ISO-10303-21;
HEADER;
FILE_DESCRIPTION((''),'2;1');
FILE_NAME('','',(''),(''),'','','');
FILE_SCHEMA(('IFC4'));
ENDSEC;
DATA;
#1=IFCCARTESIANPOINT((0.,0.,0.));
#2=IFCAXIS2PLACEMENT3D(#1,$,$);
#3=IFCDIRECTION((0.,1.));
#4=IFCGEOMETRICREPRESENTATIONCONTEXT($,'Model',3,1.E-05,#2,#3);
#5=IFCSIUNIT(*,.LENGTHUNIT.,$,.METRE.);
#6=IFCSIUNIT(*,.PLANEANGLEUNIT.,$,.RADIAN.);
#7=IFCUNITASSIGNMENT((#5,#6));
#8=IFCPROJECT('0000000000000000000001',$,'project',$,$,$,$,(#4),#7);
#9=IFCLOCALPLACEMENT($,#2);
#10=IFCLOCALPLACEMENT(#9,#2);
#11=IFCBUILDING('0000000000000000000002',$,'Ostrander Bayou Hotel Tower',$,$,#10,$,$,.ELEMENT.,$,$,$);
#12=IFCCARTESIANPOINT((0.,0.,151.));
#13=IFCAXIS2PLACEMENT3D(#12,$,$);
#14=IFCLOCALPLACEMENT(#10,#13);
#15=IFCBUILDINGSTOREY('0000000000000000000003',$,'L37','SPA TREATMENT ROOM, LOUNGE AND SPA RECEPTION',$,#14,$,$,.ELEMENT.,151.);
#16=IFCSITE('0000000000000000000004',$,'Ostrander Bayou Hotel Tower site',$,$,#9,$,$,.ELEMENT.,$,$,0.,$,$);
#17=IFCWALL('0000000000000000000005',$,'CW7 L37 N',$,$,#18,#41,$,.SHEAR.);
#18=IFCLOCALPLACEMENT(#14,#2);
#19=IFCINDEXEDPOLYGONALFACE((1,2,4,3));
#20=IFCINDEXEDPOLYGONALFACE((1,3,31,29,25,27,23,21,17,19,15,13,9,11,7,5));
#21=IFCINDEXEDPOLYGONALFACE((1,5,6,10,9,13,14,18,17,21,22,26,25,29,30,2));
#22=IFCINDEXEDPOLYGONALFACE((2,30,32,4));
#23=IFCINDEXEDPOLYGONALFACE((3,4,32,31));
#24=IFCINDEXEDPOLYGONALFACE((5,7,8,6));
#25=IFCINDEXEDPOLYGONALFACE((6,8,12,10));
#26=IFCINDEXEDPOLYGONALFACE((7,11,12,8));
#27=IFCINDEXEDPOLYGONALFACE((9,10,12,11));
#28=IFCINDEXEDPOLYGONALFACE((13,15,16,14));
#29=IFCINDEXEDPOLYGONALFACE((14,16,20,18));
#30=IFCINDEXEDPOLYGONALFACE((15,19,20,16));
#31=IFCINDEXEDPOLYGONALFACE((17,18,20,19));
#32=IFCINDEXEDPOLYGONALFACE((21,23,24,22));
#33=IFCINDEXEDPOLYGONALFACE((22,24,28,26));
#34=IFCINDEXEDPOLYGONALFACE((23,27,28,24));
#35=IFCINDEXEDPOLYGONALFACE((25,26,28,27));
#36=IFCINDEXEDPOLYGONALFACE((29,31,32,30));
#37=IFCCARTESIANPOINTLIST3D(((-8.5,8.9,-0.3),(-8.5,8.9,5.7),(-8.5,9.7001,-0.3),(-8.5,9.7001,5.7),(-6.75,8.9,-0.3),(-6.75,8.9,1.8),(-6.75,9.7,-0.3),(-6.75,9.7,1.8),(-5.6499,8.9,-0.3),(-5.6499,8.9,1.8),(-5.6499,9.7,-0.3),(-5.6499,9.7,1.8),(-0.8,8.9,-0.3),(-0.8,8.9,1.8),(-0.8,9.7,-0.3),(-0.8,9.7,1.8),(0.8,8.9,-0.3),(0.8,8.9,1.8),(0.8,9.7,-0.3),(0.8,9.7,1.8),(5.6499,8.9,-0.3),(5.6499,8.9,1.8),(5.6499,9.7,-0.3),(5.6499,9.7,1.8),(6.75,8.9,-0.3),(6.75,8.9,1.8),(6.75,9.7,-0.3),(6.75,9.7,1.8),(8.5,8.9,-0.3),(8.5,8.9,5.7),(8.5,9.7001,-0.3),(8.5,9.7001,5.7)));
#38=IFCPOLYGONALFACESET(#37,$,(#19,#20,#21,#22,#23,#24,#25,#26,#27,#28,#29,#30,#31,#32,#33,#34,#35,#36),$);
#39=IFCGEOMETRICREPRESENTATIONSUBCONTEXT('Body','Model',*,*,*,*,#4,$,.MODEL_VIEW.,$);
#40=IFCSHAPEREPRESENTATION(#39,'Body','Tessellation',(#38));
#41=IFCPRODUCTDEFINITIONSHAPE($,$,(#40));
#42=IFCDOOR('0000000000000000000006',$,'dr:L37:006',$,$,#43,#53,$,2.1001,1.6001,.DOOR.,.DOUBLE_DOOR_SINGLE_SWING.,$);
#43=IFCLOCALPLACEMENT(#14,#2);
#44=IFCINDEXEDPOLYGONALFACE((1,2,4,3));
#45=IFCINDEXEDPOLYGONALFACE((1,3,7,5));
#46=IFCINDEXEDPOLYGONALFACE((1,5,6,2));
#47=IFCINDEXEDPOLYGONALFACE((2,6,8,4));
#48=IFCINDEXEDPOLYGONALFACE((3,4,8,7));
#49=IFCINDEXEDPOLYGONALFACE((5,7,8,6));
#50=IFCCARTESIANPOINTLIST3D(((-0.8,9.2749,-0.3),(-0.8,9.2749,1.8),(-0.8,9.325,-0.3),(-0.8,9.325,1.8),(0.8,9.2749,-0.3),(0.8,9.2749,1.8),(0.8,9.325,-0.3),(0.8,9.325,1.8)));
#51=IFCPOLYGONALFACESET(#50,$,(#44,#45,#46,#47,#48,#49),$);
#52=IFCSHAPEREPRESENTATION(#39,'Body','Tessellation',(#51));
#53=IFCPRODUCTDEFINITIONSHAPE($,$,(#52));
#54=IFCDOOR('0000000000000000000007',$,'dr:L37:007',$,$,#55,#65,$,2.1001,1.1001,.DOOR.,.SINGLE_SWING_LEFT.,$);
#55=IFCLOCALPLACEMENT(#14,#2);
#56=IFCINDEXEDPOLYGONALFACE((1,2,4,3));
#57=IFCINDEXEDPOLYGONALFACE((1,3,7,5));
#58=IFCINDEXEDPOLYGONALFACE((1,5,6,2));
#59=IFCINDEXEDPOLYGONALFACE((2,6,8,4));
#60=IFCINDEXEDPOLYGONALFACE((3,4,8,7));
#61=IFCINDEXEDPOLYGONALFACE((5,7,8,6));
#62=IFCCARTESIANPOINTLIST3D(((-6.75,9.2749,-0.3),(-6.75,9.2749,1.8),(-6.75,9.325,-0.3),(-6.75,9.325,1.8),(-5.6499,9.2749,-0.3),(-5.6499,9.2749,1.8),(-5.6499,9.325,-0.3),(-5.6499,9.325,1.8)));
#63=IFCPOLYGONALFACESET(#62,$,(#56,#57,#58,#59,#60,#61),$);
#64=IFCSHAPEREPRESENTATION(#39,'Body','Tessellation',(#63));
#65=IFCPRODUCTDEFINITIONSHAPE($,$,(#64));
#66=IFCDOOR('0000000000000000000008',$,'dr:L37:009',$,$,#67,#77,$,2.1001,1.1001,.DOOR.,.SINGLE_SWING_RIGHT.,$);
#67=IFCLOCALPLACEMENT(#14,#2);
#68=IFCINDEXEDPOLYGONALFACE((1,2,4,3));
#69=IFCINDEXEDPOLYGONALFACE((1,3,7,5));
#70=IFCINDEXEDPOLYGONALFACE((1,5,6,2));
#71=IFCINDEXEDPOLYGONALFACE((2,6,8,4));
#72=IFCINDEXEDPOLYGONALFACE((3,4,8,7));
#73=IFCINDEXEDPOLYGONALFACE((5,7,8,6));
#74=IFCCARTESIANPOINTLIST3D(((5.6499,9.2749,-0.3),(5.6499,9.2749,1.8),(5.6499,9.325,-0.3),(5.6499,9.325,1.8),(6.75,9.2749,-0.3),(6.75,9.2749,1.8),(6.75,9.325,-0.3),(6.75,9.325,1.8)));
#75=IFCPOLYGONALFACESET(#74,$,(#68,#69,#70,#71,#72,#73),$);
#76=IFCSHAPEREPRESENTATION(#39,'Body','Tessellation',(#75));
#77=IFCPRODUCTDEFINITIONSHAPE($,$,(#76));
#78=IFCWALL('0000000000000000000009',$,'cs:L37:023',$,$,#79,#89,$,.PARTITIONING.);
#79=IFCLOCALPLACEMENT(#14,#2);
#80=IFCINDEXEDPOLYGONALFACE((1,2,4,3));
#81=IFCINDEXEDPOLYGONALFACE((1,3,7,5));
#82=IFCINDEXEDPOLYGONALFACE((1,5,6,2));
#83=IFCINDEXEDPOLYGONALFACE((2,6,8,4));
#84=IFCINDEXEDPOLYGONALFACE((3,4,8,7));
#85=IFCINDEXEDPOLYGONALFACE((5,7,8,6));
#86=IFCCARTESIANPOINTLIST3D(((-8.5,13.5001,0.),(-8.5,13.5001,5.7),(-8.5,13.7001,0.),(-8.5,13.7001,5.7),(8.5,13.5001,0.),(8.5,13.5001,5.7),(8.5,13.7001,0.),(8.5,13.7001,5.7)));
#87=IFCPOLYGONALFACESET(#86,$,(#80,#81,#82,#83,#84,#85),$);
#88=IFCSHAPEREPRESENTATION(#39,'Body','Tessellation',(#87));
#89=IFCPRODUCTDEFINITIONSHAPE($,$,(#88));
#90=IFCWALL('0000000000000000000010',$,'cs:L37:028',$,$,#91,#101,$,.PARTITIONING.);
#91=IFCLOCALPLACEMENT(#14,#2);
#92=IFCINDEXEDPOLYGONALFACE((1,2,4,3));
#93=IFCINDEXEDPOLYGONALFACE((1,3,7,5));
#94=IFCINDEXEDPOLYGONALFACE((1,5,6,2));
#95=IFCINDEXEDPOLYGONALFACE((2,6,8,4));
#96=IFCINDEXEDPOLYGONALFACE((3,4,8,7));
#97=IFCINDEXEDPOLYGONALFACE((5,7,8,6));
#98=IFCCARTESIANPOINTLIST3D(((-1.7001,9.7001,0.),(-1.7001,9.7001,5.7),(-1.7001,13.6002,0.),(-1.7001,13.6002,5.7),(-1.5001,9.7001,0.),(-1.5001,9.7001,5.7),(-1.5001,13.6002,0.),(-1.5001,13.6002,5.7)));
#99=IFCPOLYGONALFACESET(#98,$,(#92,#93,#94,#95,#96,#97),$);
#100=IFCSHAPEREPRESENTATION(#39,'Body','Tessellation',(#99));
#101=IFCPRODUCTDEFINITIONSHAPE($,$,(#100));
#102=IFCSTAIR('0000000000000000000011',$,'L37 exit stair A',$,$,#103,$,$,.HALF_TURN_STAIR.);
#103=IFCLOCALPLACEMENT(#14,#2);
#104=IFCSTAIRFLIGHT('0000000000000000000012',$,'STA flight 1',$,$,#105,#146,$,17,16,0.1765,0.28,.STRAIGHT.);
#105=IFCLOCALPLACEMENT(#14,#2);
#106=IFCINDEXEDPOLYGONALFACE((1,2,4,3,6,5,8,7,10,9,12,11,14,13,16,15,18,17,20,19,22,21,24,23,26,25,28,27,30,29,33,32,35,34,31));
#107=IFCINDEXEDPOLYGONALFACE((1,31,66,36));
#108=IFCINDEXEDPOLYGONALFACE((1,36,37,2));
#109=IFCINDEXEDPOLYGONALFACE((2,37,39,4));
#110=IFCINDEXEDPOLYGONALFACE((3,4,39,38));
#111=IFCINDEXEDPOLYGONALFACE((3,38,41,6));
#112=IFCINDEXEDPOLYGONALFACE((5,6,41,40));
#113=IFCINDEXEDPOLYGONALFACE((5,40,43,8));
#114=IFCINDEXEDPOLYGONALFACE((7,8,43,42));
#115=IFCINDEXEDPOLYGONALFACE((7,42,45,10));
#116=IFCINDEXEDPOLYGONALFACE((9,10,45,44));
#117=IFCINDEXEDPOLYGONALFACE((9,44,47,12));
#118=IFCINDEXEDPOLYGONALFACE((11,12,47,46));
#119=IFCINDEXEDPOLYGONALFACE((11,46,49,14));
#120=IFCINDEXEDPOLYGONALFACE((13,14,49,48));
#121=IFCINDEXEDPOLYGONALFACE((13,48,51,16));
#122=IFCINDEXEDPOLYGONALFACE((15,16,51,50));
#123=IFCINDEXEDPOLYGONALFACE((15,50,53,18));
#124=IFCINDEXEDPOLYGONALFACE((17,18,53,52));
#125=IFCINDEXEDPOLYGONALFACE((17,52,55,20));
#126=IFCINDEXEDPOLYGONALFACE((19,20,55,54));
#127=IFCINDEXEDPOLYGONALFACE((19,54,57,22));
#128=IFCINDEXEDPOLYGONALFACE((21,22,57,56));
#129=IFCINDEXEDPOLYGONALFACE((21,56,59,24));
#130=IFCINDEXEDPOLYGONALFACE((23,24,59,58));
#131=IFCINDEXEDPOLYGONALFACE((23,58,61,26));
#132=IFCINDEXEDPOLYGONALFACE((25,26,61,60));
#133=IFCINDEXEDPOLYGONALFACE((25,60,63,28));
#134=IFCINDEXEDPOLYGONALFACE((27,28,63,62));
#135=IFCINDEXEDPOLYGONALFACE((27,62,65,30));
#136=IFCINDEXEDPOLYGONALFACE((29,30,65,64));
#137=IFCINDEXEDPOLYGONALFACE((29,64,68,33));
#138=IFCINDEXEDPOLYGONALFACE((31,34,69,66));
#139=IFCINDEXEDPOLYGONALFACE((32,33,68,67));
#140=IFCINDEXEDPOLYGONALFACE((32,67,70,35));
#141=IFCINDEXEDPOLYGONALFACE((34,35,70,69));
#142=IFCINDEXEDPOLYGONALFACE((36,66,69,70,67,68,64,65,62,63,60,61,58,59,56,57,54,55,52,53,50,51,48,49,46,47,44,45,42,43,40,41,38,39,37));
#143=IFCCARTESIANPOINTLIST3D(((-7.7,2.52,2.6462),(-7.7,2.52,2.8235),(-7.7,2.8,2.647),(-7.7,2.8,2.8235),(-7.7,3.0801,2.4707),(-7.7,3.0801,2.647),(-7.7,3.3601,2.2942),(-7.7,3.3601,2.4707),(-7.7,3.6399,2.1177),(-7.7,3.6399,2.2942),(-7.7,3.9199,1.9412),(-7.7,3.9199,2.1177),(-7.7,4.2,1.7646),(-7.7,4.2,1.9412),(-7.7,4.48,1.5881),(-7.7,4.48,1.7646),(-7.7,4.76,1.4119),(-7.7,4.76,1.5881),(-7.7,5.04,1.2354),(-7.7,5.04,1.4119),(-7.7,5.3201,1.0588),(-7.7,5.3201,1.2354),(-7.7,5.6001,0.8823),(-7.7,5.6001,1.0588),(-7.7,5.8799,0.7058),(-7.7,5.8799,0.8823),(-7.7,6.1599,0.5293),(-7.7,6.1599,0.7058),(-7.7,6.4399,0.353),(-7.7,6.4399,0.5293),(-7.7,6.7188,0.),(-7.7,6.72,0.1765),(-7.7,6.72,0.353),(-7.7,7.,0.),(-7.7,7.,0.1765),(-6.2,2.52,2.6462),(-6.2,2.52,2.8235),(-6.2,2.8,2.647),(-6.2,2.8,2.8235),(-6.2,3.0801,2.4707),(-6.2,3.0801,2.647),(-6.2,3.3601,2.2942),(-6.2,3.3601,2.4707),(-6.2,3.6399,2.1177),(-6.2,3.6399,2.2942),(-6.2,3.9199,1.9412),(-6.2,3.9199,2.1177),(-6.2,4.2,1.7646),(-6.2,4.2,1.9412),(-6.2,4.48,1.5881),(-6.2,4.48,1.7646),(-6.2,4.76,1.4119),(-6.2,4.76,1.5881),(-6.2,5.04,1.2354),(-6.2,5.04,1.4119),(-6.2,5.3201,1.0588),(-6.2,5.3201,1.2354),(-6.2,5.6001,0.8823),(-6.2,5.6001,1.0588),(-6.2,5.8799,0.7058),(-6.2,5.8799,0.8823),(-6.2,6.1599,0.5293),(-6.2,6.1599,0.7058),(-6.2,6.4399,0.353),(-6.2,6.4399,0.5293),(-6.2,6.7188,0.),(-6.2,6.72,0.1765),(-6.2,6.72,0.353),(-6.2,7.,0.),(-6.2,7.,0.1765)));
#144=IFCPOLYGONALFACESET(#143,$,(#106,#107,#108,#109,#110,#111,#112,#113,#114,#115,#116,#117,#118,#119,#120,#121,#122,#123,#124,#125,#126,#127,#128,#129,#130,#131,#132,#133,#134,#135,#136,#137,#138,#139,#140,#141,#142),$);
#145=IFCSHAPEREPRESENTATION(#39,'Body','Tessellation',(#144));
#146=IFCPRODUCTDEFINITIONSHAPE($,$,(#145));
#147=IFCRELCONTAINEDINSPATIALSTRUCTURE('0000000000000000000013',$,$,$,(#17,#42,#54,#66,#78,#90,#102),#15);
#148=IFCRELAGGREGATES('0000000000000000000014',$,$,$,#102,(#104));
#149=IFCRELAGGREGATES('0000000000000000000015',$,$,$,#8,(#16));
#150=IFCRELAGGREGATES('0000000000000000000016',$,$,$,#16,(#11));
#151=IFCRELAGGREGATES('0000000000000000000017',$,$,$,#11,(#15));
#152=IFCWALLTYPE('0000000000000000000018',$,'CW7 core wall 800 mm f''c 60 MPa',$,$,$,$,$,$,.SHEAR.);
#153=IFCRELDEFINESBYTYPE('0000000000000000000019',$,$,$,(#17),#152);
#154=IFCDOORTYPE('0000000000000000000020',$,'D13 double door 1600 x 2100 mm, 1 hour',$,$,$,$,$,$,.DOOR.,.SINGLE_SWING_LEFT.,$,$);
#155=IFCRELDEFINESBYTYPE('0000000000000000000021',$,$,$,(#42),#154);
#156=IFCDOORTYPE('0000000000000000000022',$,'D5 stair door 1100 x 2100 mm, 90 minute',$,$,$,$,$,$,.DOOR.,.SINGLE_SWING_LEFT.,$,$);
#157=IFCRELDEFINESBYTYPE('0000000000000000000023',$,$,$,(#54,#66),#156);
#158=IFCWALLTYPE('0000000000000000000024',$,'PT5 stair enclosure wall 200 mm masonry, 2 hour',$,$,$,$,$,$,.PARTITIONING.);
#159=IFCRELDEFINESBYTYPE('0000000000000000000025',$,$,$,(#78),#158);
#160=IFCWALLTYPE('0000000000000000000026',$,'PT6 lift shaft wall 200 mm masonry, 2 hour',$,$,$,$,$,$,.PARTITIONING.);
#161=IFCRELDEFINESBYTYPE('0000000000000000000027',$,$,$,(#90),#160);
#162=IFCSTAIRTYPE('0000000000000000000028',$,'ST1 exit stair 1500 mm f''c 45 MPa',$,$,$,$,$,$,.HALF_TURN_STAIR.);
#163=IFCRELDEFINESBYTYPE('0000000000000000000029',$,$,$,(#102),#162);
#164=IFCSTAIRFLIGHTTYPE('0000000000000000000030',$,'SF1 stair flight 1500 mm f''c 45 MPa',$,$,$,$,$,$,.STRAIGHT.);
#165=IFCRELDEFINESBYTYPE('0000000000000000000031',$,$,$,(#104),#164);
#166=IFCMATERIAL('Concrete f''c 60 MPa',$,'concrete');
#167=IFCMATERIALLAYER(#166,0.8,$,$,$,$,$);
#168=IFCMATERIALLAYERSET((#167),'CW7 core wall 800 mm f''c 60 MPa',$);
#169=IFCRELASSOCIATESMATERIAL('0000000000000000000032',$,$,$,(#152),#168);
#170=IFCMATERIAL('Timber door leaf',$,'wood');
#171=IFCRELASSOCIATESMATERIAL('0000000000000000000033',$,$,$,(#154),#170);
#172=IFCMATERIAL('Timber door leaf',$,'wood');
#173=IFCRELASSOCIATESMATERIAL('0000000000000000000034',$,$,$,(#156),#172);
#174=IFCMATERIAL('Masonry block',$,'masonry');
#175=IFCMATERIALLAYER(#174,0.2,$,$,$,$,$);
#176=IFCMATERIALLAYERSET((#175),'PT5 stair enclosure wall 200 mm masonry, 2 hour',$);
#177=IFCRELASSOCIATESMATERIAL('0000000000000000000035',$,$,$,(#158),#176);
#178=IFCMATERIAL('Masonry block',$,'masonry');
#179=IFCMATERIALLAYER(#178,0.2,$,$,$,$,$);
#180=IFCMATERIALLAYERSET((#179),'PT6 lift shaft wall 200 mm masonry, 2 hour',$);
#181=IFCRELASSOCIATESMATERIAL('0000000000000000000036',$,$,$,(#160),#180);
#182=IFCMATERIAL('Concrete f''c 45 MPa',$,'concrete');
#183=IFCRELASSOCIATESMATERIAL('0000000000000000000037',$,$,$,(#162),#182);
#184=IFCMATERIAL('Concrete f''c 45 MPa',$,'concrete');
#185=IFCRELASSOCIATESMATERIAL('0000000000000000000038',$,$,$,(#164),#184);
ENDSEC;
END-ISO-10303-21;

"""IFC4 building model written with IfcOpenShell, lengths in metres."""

from ifc_helpers import new_model, si_unit, direction, frame, frame_2d, origin, place, context, subcontext, project, spatial, polyline, rectangle, outline, extrude, material, layer, layer_set, type_object, element, fill, aggregate, save


model = new_model("IFC4")

# Units and contexts
model_context = context("Model", 3, precision=1e-05, world=origin(), true_north=direction((0.0, 1.0)))
body_context = subcontext(model_context, "Body", "Model", "MODEL_VIEW")
ifc_project = project(units=[si_unit("LENGTHUNIT", "METRE"), si_unit("PLANEANGLEUNIT", "RADIAN")], contexts=[model_context])

# Site, building, storey
site_placement = place(None, origin())
site = spatial("IfcSite", under=ifc_project, at=site_placement, Name="Ostrander Bayou Hotel Tower site", CompositionType="ELEMENT", RefElevation=0.0)
building_placement = place(site_placement, origin())
building = spatial("IfcBuilding", under=site, at=building_placement, Name="Ostrander Bayou Hotel Tower", CompositionType="ELEMENT")
storey_placement = place(building_placement, frame((0.0, 0.0, 151.0)))
storey = spatial("IfcBuildingStorey", under=building, at=storey_placement, Name="L37", Description="SPA TREATMENT ROOM, LOUNGE AND SPA RECEPTION", CompositionType="ELEMENT", Elevation=151.0)

# Wall, openings, doors
ifc_material_1 = material(Name="Concrete f'c 60 MPa", Category="concrete")
ifc_layer_1 = layer(ifc_material_1, 0.8)
ifc_layer_set_1 = layer_set([ifc_layer_1], Name="CW7 core wall 800 mm f'c 60 MPa")
wall_type_1 = type_object("IfcWallType", Name="CW7 core wall 800 mm f'c 60 MPa", PredefinedType="SHEAR", material=ifc_layer_set_1)
wall_1_placement = place(storey_placement, frame((-8.5, 9.3, -0.3), z_axis=(0.0, 0.0, 1.0), x_axis=(1.0, 0.0, 0.0)))
wall_1 = element("IfcWall", 1, at=wall_1_placement, inside=storey, type_object=wall_type_1, Name="CW7 L37 N", PredefinedType="SHEAR", context=body_context, shape_type="SweptSolid", body=[
    extrude(rectangle(XDim=17.0, YDim=0.8, at=frame_2d((8.5, 0.0))), origin(), (0.0, 0.0, 1.0), 6.0),
])
opening_1_placement = place(wall_1_placement, frame((7.7, 0.0, 0.0)))
opening_1 = element("IfcOpeningElement", 2, at=opening_1_placement, cuts=wall_1, PredefinedType="OPENING", context=body_context, shape_type="SweptSolid", body=[
    extrude(rectangle(XDim=1.6001, YDim=2.1001, at=frame_2d((0.8, 1.05))), frame((0.0, 0.3999, 0.0), z_axis=(0.0, -1.0, 0.0), x_axis=(1.0, 0.0, 0.0)), (0.0, 0.0, 1.0), 0.8),
])
opening_2_placement = place(wall_1_placement, frame((1.75, 0.0, 0.0)))
opening_2 = element("IfcOpeningElement", 3, at=opening_2_placement, cuts=wall_1, PredefinedType="OPENING", context=body_context, shape_type="SweptSolid", body=[
    extrude(rectangle(XDim=1.1001, YDim=2.1001, at=frame_2d((0.55, 1.05))), frame((0.0, 0.3999, 0.0), z_axis=(0.0, -1.0, 0.0), x_axis=(1.0, 0.0, 0.0)), (0.0, 0.0, 1.0), 0.8),
])
opening_3_placement = place(wall_1_placement, frame((14.1499, 0.0, 0.0)))
opening_3 = element("IfcOpeningElement", 4, at=opening_3_placement, cuts=wall_1, PredefinedType="OPENING", context=body_context, shape_type="SweptSolid", body=[
    extrude(rectangle(XDim=1.1001, YDim=2.1001, at=frame_2d((0.55, 1.05))), frame((0.0, 0.3999, 0.0), z_axis=(0.0, -1.0, 0.0), x_axis=(1.0, 0.0, 0.0)), (0.0, 0.0, 1.0), 0.8),
])
ifc_material_2 = material(Name="Timber door leaf", Category="wood")
door_type_1 = type_object("IfcDoorType", Name="D13 double door 1600 x 2100 mm, 1 hour", OperationType="SINGLE_SWING_LEFT", PredefinedType="DOOR", material=ifc_material_2)
door_1_placement = place(opening_1_placement, origin())
door_1 = element("IfcDoor", 5, at=door_1_placement, inside=storey, type_object=door_type_1, Name="dr:L37:006", OperationType="DOUBLE_DOOR_SINGLE_SWING", OverallHeight=2.1001, OverallWidth=1.6001, PredefinedType="DOOR", context=body_context, shape_type="SweptSolid", body=[
    extrude(rectangle(XDim=1.6001, YDim=2.1001, at=frame_2d((0.8, 1.05))), frame((0.0, 0.0249, 0.0), z_axis=(0.0, -1.0, 0.0), x_axis=(1.0, 0.0, 0.0)), (0.0, 0.0, 1.0), 0.05),
])
fill(opening_1, door_1)
ifc_material_3 = material(Name="Timber door leaf", Category="wood")
door_type_2 = type_object("IfcDoorType", Name="D5 stair door 1100 x 2100 mm, 90 minute", OperationType="SINGLE_SWING_LEFT", PredefinedType="DOOR", material=ifc_material_3)
door_2_placement = place(opening_2_placement, origin())
door_2 = element("IfcDoor", 6, at=door_2_placement, inside=storey, type_object=door_type_2, Name="dr:L37:007", OperationType="SINGLE_SWING_LEFT", OverallHeight=2.1001, OverallWidth=1.1001, PredefinedType="DOOR", context=body_context, shape_type="SweptSolid", body=[
    extrude(rectangle(XDim=1.1001, YDim=2.1001, at=frame_2d((0.55, 1.05))), frame((0.0, 0.0249, 0.0), z_axis=(0.0, -1.0, 0.0), x_axis=(1.0, 0.0, 0.0)), (0.0, 0.0, 1.0), 0.05),
])
fill(opening_2, door_2)
door_3_placement = place(opening_3_placement, origin())
door_3 = element("IfcDoor", 7, at=door_3_placement, inside=storey, type_object=door_type_2, Name="dr:L37:009", OperationType="SINGLE_SWING_RIGHT", OverallHeight=2.1001, OverallWidth=1.1001, PredefinedType="DOOR", context=body_context, shape_type="SweptSolid", body=[
    extrude(rectangle(XDim=1.1001, YDim=2.1001, at=frame_2d((0.55, 1.05))), frame((0.0, 0.0249, 0.0), z_axis=(0.0, -1.0, 0.0), x_axis=(1.0, 0.0, 0.0)), (0.0, 0.0, 1.0), 0.05),
])
fill(opening_3, door_3)

# Wall
ifc_material_4 = material(Name="Masonry block", Category="masonry")
ifc_layer_2 = layer(ifc_material_4, 0.2)
ifc_layer_set_2 = layer_set([ifc_layer_2], Name="PT5 stair enclosure wall 200 mm masonry, 2 hour")
wall_type_2 = type_object("IfcWallType", Name="PT5 stair enclosure wall 200 mm masonry, 2 hour", PredefinedType="PARTITIONING", material=ifc_layer_set_2)
wall_2_placement = place(storey_placement, frame((-8.5, 13.6001, 0.0), z_axis=(0.0, 0.0, 1.0), x_axis=(1.0, 0.0, 0.0)))
element("IfcWall", 8, at=wall_2_placement, inside=storey, type_object=wall_type_2, Name="cs:L37:023", PredefinedType="PARTITIONING", context=body_context, shape_type="SweptSolid", body=[
    extrude(rectangle(XDim=17.0, YDim=0.2, at=frame_2d((8.5, 0.0))), origin(), (0.0, 0.0, 1.0), 5.7),
])

# Wall
ifc_material_5 = material(Name="Masonry block", Category="masonry")
ifc_layer_3 = layer(ifc_material_5, 0.2)
ifc_layer_set_3 = layer_set([ifc_layer_3], Name="PT6 lift shaft wall 200 mm masonry, 2 hour")
wall_type_3 = type_object("IfcWallType", Name="PT6 lift shaft wall 200 mm masonry, 2 hour", PredefinedType="PARTITIONING", material=ifc_layer_set_3)
wall_3_placement = place(storey_placement, frame((-1.6001, 9.7, 0.0), z_axis=(0.0, 0.0, 1.0), x_axis=(0.0, 1.0, 0.0)))
element("IfcWall", 9, at=wall_3_placement, inside=storey, type_object=wall_type_3, Name="cs:L37:028", PredefinedType="PARTITIONING", context=body_context, shape_type="SweptSolid", body=[
    extrude(rectangle(XDim=3.9001, YDim=0.2, at=frame_2d((1.9502, 0.0))), origin(), (0.0, 0.0, 1.0), 5.7),
])

# Stair, stair flight
ifc_material_6 = material(Name="Concrete f'c 45 MPa", Category="concrete")
stair_type = type_object("IfcStairType", Name="ST1 exit stair 1500 mm f'c 45 MPa", PredefinedType="HALF_TURN_STAIR", material=ifc_material_6)
stair_placement = place(storey_placement, origin())
stair = element("IfcStair", 10, at=stair_placement, inside=storey, type_object=stair_type, Name="L37 exit stair A", PredefinedType="HALF_TURN_STAIR")
ifc_material_7 = material(Name="Concrete f'c 45 MPa", Category="concrete")
stair_flight_type = type_object("IfcStairFlightType", Name="SF1 stair flight 1500 mm f'c 45 MPa", PredefinedType="STRAIGHT", material=ifc_material_7)
stair_flight_placement = place(storey_placement, frame((-6.95, 7.0, 0.0), z_axis=(0.0, 0.0, 1.0), x_axis=(0.0, -1.0, 0.0)))
stair_flight = element("IfcStairFlight", 11, at=stair_flight_placement, type_object=stair_flight_type, Name="STA flight 1", NumberOfRisers=17, NumberOfTreads=16, PredefinedType="STRAIGHT", RiserHeight=0.1765, TreadLength=0.28, context=body_context, shape_type="SweptSolid", body=[
    extrude(outline(polyline([(0.0, 0.0), (0.0, 0.1765), (0.28, 0.1765), (0.28, 0.353), (0.5601, 0.353), (0.5601, 0.5293), (0.8401, 0.5293), (0.8401, 0.7058), (1.1201, 0.7058), (1.1201, 0.8823), (1.3999, 0.8823), (1.3999, 1.0588), (1.6799, 1.0588), (1.6799, 1.2354), (1.96, 1.2354), (1.96, 1.4119), (2.24, 1.4119), (2.24, 1.5881), (2.52, 1.5881), (2.52, 1.7646), (2.8, 1.7646), (2.8, 1.9412), (3.0801, 1.9412), (3.0801, 2.1177), (3.3601, 2.1177), (3.3601, 2.2942), (3.6399, 2.2942), (3.6399, 2.4707), (3.9199, 2.4707), (3.9199, 2.647), (4.2, 2.647), (4.2, 2.8235), (4.48, 2.8235), (4.48, 3.0), (4.48, 2.6462), (0.2812, 0.0), (0.0, 0.0)])), frame((0.0, 0.75, 0.0), z_axis=(0.0, -1.0, 0.0), x_axis=(1.0, 0.0, 0.0)), (0.0, 0.0, 1.0), 1.5),
])
aggregate(stair, [stair_flight])

save(model, "model.ifc")
